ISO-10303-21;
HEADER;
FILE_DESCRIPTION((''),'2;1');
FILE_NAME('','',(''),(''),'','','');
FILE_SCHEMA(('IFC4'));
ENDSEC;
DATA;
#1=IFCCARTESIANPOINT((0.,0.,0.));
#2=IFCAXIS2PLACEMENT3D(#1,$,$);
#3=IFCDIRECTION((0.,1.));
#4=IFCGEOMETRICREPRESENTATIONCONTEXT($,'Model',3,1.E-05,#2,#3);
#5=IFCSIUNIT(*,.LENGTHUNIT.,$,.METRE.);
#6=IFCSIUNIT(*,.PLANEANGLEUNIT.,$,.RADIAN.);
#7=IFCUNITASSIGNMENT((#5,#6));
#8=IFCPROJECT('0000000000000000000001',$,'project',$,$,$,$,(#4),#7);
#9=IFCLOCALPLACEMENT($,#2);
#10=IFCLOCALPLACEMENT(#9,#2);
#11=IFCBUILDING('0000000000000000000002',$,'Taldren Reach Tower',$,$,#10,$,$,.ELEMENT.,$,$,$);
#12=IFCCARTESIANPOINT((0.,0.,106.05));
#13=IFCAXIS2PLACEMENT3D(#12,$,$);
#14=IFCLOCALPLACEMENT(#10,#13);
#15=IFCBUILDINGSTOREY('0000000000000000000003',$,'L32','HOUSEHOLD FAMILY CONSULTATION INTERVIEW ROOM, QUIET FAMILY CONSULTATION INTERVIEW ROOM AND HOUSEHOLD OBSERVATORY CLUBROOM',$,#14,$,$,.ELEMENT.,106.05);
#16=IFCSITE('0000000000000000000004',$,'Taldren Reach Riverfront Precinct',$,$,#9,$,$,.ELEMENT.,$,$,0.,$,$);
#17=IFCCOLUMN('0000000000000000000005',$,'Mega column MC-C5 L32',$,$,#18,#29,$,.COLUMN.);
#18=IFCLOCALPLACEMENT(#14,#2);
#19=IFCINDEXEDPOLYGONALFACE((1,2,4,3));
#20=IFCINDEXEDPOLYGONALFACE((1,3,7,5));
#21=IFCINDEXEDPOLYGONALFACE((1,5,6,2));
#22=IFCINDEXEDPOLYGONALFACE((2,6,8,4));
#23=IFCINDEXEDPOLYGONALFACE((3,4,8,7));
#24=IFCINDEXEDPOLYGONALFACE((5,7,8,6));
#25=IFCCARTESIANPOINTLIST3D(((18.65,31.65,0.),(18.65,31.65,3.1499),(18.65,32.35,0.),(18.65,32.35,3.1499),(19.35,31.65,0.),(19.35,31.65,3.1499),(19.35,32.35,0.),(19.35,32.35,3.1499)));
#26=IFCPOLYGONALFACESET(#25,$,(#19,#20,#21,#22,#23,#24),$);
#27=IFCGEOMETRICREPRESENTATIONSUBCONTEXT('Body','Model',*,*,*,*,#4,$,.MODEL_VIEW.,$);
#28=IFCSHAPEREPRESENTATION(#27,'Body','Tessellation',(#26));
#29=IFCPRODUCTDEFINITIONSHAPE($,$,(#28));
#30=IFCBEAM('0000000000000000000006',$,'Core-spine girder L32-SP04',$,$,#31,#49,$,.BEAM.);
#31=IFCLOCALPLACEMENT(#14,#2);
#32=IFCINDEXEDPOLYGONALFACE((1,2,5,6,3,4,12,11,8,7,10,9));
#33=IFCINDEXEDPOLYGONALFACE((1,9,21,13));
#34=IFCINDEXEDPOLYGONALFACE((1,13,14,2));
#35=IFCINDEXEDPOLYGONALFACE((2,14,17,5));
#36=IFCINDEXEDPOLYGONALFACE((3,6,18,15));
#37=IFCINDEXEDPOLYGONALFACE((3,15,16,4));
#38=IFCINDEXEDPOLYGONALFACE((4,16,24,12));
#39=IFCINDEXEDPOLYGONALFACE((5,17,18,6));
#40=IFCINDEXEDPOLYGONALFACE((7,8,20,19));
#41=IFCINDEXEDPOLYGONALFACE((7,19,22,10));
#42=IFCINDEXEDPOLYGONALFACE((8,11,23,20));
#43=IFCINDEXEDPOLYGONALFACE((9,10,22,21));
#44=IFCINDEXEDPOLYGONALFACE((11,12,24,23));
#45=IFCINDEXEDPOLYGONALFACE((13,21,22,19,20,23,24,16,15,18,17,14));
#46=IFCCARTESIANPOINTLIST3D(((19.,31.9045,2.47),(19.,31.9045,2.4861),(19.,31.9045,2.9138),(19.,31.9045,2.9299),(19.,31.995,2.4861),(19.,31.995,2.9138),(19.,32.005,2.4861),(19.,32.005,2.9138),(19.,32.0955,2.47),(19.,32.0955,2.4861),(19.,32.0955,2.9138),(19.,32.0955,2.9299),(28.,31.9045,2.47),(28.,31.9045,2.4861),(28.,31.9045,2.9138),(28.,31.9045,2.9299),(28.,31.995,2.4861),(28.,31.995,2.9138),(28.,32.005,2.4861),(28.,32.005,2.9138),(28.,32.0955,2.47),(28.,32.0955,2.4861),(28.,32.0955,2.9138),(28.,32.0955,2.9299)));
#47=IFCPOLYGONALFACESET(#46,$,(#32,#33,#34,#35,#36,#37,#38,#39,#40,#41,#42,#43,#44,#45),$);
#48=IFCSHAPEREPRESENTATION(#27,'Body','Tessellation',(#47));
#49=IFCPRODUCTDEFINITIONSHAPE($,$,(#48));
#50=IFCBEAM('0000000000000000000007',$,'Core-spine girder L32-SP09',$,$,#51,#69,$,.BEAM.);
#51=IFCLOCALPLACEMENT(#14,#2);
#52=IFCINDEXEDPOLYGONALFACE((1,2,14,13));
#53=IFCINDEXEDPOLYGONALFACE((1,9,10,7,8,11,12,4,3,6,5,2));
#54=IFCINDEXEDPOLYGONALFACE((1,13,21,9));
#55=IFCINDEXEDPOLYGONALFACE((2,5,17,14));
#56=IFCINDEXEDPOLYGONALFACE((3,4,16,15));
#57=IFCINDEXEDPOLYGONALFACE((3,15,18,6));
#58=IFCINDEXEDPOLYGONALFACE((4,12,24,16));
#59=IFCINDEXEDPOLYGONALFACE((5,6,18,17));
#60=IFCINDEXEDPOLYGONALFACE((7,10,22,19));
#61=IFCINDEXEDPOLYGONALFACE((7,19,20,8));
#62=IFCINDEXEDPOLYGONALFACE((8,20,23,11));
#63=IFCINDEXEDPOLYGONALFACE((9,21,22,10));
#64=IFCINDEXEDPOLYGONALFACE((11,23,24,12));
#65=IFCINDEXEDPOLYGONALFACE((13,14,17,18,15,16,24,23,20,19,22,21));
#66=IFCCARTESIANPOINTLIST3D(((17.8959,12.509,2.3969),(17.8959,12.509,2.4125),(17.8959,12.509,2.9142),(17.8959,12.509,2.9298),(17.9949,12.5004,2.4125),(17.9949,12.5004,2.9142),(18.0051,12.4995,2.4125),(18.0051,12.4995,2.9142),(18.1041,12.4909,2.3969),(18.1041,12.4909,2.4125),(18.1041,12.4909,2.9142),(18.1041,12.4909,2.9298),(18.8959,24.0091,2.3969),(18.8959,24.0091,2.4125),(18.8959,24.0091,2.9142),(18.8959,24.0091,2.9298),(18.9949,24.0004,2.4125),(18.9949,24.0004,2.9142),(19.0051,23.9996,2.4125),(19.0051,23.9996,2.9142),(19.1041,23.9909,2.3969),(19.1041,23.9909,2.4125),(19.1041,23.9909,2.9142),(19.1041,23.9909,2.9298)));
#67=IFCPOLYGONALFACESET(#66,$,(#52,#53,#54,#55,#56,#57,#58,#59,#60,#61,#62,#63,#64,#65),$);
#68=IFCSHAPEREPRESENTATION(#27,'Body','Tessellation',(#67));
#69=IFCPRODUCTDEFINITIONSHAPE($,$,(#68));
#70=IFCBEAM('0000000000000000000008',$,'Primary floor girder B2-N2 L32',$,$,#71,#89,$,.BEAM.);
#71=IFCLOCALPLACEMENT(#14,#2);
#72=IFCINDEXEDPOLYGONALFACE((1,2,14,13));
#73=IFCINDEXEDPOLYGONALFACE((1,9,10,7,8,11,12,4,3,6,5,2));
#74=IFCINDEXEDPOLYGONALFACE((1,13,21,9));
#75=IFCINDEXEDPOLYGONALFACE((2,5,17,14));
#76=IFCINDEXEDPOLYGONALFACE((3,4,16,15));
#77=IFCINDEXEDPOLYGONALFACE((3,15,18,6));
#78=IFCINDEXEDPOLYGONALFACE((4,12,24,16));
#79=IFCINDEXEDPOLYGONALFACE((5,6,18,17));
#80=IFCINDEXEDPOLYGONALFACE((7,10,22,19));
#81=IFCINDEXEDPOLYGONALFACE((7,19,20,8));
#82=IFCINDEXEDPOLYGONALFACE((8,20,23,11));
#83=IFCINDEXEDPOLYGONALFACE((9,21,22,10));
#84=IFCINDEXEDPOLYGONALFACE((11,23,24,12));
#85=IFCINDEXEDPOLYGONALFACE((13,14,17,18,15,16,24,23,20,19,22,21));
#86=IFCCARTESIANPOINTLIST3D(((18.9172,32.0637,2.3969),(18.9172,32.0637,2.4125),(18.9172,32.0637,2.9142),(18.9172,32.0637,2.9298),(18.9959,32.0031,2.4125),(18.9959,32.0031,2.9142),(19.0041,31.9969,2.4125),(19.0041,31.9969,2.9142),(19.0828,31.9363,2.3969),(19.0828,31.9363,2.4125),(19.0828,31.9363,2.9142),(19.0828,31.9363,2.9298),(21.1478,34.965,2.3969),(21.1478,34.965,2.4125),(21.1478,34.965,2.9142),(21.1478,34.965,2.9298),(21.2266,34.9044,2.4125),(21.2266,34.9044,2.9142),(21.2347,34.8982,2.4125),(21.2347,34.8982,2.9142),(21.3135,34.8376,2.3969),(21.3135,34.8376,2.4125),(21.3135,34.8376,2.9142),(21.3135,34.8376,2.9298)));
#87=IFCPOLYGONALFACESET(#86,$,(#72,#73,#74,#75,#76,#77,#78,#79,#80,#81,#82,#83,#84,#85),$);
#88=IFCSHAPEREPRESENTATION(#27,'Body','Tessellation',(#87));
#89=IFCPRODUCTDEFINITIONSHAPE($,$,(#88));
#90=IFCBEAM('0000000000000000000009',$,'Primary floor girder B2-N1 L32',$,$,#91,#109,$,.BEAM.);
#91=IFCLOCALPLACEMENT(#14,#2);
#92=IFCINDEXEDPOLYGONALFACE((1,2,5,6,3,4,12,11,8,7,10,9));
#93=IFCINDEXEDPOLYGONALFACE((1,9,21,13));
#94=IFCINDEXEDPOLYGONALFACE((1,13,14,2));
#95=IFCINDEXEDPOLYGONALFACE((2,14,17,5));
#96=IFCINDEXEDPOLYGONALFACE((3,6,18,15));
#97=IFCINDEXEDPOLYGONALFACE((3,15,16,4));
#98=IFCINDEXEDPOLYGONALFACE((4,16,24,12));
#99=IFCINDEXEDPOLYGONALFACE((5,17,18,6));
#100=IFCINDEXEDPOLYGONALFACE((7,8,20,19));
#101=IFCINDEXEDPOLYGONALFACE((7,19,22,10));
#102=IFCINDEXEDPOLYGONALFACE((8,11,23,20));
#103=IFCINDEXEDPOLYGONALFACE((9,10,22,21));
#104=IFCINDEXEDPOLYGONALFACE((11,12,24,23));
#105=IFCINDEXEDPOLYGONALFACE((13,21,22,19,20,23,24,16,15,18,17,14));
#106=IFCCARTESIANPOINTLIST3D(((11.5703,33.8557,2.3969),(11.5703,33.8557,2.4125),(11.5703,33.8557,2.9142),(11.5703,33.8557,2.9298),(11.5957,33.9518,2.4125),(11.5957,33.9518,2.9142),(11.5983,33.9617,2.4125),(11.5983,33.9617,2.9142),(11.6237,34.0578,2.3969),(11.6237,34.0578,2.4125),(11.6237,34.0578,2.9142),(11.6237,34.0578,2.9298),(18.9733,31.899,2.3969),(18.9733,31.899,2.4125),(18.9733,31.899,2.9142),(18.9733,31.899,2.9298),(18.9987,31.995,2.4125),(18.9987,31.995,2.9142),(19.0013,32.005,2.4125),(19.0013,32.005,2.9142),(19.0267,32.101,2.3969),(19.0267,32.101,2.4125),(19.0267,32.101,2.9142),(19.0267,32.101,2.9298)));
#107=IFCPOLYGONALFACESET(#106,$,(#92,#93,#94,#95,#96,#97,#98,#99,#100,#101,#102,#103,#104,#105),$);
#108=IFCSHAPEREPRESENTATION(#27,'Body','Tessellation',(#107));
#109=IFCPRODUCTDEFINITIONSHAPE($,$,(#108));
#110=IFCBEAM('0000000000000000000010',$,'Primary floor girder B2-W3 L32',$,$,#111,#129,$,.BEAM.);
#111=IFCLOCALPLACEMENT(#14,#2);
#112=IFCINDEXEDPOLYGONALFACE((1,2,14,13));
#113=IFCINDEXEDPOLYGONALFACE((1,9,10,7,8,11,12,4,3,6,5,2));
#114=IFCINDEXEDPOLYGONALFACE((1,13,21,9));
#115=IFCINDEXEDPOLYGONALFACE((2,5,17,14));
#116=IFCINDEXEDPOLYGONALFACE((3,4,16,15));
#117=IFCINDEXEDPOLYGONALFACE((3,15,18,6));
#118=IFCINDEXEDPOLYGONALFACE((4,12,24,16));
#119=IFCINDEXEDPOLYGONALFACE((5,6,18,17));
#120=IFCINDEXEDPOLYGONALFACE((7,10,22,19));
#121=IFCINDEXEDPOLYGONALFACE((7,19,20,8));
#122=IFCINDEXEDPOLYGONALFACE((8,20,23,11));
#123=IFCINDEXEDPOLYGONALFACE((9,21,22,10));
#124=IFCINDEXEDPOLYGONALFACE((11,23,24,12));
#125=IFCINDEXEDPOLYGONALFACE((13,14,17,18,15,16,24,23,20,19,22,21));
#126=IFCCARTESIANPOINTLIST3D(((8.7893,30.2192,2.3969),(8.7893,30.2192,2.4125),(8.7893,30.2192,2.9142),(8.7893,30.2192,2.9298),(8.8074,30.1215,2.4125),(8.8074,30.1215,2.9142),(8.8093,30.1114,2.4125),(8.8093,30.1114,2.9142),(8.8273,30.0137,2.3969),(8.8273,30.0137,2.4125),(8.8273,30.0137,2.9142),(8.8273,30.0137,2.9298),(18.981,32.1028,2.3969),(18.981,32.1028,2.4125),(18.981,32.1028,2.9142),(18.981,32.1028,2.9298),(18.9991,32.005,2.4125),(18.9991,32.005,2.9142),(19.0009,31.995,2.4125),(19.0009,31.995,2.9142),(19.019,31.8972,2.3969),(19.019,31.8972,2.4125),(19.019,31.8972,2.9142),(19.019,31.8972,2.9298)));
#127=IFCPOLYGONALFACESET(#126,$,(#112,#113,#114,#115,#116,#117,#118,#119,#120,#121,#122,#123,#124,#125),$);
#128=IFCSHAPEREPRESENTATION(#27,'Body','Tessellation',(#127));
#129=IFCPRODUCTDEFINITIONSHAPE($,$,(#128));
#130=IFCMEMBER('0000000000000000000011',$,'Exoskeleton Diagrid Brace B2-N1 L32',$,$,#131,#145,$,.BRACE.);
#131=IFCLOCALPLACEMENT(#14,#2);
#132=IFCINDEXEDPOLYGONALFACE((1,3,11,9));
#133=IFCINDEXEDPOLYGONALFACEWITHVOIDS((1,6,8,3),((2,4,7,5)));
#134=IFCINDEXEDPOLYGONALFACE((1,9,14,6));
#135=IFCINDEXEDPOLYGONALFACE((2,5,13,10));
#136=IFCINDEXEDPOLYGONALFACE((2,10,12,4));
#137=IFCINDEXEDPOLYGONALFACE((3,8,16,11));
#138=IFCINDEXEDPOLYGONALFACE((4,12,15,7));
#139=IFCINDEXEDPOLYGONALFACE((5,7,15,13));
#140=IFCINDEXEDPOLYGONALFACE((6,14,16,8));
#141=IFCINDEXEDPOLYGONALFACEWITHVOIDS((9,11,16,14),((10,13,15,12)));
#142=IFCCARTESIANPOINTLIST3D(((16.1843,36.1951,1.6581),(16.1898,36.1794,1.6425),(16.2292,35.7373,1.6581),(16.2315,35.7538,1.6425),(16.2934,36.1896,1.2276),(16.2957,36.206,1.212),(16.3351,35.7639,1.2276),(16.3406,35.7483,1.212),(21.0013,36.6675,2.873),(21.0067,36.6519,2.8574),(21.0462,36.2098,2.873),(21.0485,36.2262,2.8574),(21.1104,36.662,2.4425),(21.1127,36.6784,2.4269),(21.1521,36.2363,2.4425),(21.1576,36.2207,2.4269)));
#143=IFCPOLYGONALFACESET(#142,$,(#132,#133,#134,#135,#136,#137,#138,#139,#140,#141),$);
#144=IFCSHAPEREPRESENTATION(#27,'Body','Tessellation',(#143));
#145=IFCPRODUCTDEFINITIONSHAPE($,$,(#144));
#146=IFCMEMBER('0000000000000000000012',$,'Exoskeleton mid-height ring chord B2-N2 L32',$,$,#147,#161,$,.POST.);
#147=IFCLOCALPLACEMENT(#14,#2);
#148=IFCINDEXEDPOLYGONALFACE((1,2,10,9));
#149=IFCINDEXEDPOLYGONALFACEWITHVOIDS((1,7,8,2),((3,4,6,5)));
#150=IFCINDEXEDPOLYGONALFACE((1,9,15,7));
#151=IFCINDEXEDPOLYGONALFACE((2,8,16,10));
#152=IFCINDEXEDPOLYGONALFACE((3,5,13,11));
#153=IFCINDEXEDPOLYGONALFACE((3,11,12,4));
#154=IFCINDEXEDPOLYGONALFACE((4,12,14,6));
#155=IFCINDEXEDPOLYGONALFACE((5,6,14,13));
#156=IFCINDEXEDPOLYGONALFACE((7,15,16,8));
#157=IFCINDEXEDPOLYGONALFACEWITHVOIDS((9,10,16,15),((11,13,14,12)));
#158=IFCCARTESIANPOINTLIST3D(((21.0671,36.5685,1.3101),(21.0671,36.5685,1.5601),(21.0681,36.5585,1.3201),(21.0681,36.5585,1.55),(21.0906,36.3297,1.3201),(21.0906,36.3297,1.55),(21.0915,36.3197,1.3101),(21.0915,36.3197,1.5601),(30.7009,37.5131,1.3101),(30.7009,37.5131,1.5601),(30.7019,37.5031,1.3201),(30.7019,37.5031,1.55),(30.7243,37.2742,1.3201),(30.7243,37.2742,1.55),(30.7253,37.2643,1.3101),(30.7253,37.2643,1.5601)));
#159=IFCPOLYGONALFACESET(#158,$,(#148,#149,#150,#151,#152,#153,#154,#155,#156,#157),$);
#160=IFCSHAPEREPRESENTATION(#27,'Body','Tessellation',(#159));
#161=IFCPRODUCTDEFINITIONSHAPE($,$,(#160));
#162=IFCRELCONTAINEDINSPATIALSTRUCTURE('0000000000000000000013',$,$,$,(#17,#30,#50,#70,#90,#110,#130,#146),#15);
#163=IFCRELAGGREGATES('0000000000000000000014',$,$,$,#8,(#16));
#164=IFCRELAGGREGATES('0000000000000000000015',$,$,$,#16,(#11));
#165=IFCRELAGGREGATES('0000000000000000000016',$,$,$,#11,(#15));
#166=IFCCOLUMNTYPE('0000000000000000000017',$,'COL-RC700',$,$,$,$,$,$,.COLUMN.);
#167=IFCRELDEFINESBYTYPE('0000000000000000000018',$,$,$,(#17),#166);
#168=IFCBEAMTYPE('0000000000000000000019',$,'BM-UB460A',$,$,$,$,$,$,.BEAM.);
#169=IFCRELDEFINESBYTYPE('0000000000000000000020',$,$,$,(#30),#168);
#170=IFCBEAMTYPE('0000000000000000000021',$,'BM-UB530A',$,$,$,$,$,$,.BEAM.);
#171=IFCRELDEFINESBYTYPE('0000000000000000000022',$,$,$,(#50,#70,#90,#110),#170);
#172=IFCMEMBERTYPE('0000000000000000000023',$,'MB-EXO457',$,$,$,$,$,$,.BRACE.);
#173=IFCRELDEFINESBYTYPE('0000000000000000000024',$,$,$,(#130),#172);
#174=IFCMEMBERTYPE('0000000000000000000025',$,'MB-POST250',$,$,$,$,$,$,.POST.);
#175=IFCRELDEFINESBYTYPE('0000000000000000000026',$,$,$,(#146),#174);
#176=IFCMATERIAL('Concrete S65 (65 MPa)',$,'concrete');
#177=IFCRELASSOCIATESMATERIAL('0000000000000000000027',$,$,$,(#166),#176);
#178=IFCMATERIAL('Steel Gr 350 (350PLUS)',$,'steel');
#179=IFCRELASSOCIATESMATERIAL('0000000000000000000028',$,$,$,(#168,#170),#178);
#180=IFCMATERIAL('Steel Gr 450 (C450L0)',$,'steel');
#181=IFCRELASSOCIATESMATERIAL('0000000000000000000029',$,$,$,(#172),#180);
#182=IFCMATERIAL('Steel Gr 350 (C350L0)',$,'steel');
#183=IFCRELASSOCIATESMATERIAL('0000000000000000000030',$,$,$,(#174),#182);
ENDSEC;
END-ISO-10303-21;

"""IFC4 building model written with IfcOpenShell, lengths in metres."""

from ifc_helpers import new_model, si_unit, direction, frame, origin, origin_2d, place, context, subcontext, project, spatial, rectangle, hollow_rectangle, i_section, extrude, source, transform, mapped, material, material_profile, profile_set, type_object, element, save


model = new_model("IFC4")

# Units and contexts
model_context = context("Model", 3, precision=1e-05, world=origin(), true_north=direction((0.0, 1.0)))
body_context = subcontext(model_context, "Body", "Model", "MODEL_VIEW")
ifc_project = project(units=[si_unit("LENGTHUNIT", "METRE"), si_unit("PLANEANGLEUNIT", "RADIAN")], contexts=[model_context])

# Site, building, storey
site_placement = place(None, origin())
site = spatial("IfcSite", under=ifc_project, at=site_placement, Name="Taldren Reach Riverfront Precinct", CompositionType="ELEMENT", RefElevation=0.0)
building_placement = place(site_placement, origin())
building = spatial("IfcBuilding", under=site, at=building_placement, Name="Taldren Reach Tower", CompositionType="ELEMENT")
storey_placement = place(building_placement, frame((0.0, 0.0, 106.05)))
storey = spatial("IfcBuildingStorey", under=building, at=storey_placement, Name="L32", Description="HOUSEHOLD FAMILY CONSULTATION INTERVIEW ROOM, QUIET FAMILY CONSULTATION INTERVIEW ROOM AND HOUSEHOLD OBSERVATORY CLUBROOM", CompositionType="ELEMENT", Elevation=106.05)

# Column
ifc_material_1 = material(Name="Concrete S65 (65 MPa)", Category="concrete")
ifc_material_profile_1 = material_profile(ifc_material_1, rectangle(XDim=0.7, YDim=0.7, at=origin_2d()), Name="RC-700x700")
ifc_profile_set_1 = profile_set([ifc_material_profile_1], Name="Concrete S65 (65 MPa)")
column_type = type_object("IfcColumnType", Name="COL-RC700", PredefinedType="COLUMN", material=ifc_profile_set_1)
shared_shape_1 = source(origin(), body_context, "Body", "SweptSolid", [
    extrude(rectangle(XDim=0.7, YDim=0.7, at=origin_2d()), origin(), (0.0, 0.0, 1.0), 3.1499),
])
column_placement = place(storey_placement, frame((19.0, 32.0, 0.0), z_axis=(0.0, 0.0, 1.0), x_axis=(1.0, 0.0, 0.0)))
element("IfcColumn", 1, at=column_placement, inside=storey, type_object=column_type, Name="Mega column MC-C5 L32", PredefinedType="COLUMN", context=body_context, shape_type="MappedRepresentation", body=[
    mapped(shared_shape_1, transform((0.0, 0.0, 0.0), scale=1.0)),
])

# Beams
ifc_material_2 = material(Name="Steel Gr 350 (350PLUS)", Category="steel")
ifc_material_profile_2 = material_profile(ifc_material_2, i_section(OverallWidth=0.1909, OverallDepth=0.46, WebThickness=0.01, FlangeThickness=0.0161, at=origin_2d()), Name="460UB82.1")
ifc_profile_set_2 = profile_set([ifc_material_profile_2], Name="Steel Gr 350 (350PLUS)")
beam_type_1 = type_object("IfcBeamType", Name="BM-UB460A", PredefinedType="BEAM", material=ifc_profile_set_2)
shared_shape_2 = source(origin(), body_context, "Body", "SweptSolid", [
    extrude(i_section(OverallWidth=0.1909, OverallDepth=0.46, WebThickness=0.01, FlangeThickness=0.0161, at=origin_2d()), origin(), (0.0, 0.0, 1.0), 9.0),
])
beam_1_placement = place(storey_placement, frame((19.0, 32.0, 2.7), z_axis=(1.0, 0.0, 0.0), x_axis=(0.0, 1.0, 0.0)))
element("IfcBeam", 2, at=beam_1_placement, inside=storey, type_object=beam_type_1, Name="Core-spine girder L32-SP04", PredefinedType="BEAM", context=body_context, shape_type="MappedRepresentation", body=[
    mapped(shared_shape_2, transform((0.0, 0.0, 0.0), scale=1.0)),
])
ifc_material_profile_3 = material_profile(ifc_material_2, i_section(OverallWidth=0.209, OverallDepth=0.533, WebThickness=0.0103, FlangeThickness=0.0156, at=origin_2d()), Name="530UB92.4")
ifc_profile_set_3 = profile_set([ifc_material_profile_3], Name="Steel Gr 350 (350PLUS)")
beam_type_2 = type_object("IfcBeamType", Name="BM-UB530A", PredefinedType="BEAM", material=ifc_profile_set_3)
shared_shape_3 = source(origin(), body_context, "Body", "SweptSolid", [
    extrude(i_section(OverallWidth=0.209, OverallDepth=0.533, WebThickness=0.0103, FlangeThickness=0.0156, at=origin_2d()), origin(), (0.0, 0.0, 1.0), 11.5435),
])
beam_2_placement = place(storey_placement, frame((19.0, 24.0, 2.6633), z_axis=(-0.08663, -0.996241, 0.0), x_axis=(0.996241, -0.08663, 0.0)))
element("IfcBeam", 3, at=beam_2_placement, inside=storey, type_object=beam_type_2, Name="Core-spine girder L32-SP09", PredefinedType="BEAM", context=body_context, shape_type="MappedRepresentation", body=[
    mapped(shared_shape_3, transform((0.0, 0.0, 0.0), scale=1.0)),
])
shared_shape_4 = source(origin(), body_context, "Body", "SweptSolid", [
    extrude(i_section(OverallWidth=0.209, OverallDepth=0.533, WebThickness=0.0103, FlangeThickness=0.0156, at=origin_2d()), origin(), (0.0, 0.0, 1.0), 3.6597),
])
beam_3_placement = place(storey_placement, frame((19.0, 32.0, 2.6633), z_axis=(0.609521, 0.79277, 0.0), x_axis=(-0.79277, 0.609521, 0.0)))
element("IfcBeam", 4, at=beam_3_placement, inside=storey, type_object=beam_type_2, Name="Primary floor girder B2-N2 L32", PredefinedType="BEAM", context=body_context, shape_type="MappedRepresentation", body=[
    mapped(shared_shape_4, transform((0.0, 0.0, 0.0), scale=1.0)),
])
shared_shape_5 = source(origin(), body_context, "Body", "SweptSolid", [
    extrude(i_section(OverallWidth=0.209, OverallDepth=0.533, WebThickness=0.0103, FlangeThickness=0.0156, at=origin_2d()), origin(), (0.0, 0.0, 1.0), 7.6572),
])
beam_4_placement = place(storey_placement, frame((19.0, 32.0, 2.6633), z_axis=(-0.966797, 0.255545, 0.0), x_axis=(-0.255545, -0.966797, 0.0)))
element("IfcBeam", 5, at=beam_4_placement, inside=storey, type_object=beam_type_2, Name="Primary floor girder B2-N1 L32", PredefinedType="BEAM", context=body_context, shape_type="MappedRepresentation", body=[
    mapped(shared_shape_5, transform((0.0, 0.0, 0.0), scale=1.0)),
])
shared_shape_6 = source(origin(), body_context, "Body", "SweptSolid", [
    extrude(i_section(OverallWidth=0.209, OverallDepth=0.533, WebThickness=0.0103, FlangeThickness=0.0156, at=origin_2d()), origin(), (0.0, 0.0, 1.0), 10.3643),
])
beam_5_placement = place(storey_placement, frame((19.0, 32.0, 2.6633), z_axis=(-0.983348, -0.181735, 0.0), x_axis=(0.181735, -0.983348, 0.0)))
element("IfcBeam", 6, at=beam_5_placement, inside=storey, type_object=beam_type_2, Name="Primary floor girder B2-W3 L32", PredefinedType="BEAM", context=body_context, shape_type="MappedRepresentation", body=[
    mapped(shared_shape_6, transform((0.0, 0.0, 0.0), scale=1.0)),
])

# Members
ifc_material_3 = material(Name="Steel Gr 450 (C450L0)", Category="steel")
ifc_material_profile_4 = material_profile(ifc_material_3, hollow_rectangle(XDim=0.46, YDim=0.46, WallThickness=0.0161, at=origin_2d()), Name="460x460x16.0SHS")
ifc_profile_set_4 = profile_set([ifc_material_profile_4], Name="Steel Gr 450 (C450L0)")
member_type_1 = type_object("IfcMemberType", Name="MB-EXO457", PredefinedType="BRACE", material=ifc_profile_set_4)
shared_shape_7 = source(origin(), body_context, "Body", "SweptSolid", [
    extrude(hollow_rectangle(XDim=0.46, YDim=0.46, WallThickness=0.0161, at=origin_2d()), origin(), (0.0, 0.0, 1.0), 4.9902),
])
member_1_placement = place(storey_placement, frame((16.2625, 35.9717, 1.4351), z_axis=(0.965283, 0.094669, 0.243449), x_axis=(-0.097606, 0.995225, 0.0)))
element("IfcMember", 7, at=member_1_placement, inside=storey, type_object=member_type_1, Name="Exoskeleton Diagrid Brace B2-N1 L32", PredefinedType="BRACE", context=body_context, shape_type="MappedRepresentation", body=[
    mapped(shared_shape_7, transform((0.0, 0.0, 0.0), scale=1.0)),
])
ifc_material_4 = material(Name="Steel Gr 350 (C350L0)", Category="steel")
ifc_material_profile_5 = material_profile(ifc_material_4, hollow_rectangle(XDim=0.25, YDim=0.25, WallThickness=0.01, at=origin_2d()), Name="250x250x10.0SHS")
ifc_profile_set_5 = profile_set([ifc_material_profile_5], Name="Steel Gr 350 (C350L0)")
member_type_2 = type_object("IfcMemberType", Name="MB-POST250", PredefinedType="POST", material=ifc_profile_set_5)
shared_shape_8 = source(origin(), body_context, "Body", "SweptSolid", [
    extrude(hollow_rectangle(XDim=0.25, YDim=0.25, WallThickness=0.01, at=origin_2d()), origin(), (0.0, 0.0, 1.0), 9.6799),
])
member_2_placement = place(storey_placement, frame((21.0793, 36.4441, 1.4351), z_axis=(0.995228, 0.097581, 0.0), x_axis=(-0.097581, 0.995228, 0.0)))
element("IfcMember", 8, at=member_2_placement, inside=storey, type_object=member_type_2, Name="Exoskeleton mid-height ring chord B2-N2 L32", PredefinedType="POST", context=body_context, shape_type="MappedRepresentation", body=[
    mapped(shared_shape_8, transform((0.0, 0.0, 0.0), scale=1.0)),
])

save(model, "model.ifc")
